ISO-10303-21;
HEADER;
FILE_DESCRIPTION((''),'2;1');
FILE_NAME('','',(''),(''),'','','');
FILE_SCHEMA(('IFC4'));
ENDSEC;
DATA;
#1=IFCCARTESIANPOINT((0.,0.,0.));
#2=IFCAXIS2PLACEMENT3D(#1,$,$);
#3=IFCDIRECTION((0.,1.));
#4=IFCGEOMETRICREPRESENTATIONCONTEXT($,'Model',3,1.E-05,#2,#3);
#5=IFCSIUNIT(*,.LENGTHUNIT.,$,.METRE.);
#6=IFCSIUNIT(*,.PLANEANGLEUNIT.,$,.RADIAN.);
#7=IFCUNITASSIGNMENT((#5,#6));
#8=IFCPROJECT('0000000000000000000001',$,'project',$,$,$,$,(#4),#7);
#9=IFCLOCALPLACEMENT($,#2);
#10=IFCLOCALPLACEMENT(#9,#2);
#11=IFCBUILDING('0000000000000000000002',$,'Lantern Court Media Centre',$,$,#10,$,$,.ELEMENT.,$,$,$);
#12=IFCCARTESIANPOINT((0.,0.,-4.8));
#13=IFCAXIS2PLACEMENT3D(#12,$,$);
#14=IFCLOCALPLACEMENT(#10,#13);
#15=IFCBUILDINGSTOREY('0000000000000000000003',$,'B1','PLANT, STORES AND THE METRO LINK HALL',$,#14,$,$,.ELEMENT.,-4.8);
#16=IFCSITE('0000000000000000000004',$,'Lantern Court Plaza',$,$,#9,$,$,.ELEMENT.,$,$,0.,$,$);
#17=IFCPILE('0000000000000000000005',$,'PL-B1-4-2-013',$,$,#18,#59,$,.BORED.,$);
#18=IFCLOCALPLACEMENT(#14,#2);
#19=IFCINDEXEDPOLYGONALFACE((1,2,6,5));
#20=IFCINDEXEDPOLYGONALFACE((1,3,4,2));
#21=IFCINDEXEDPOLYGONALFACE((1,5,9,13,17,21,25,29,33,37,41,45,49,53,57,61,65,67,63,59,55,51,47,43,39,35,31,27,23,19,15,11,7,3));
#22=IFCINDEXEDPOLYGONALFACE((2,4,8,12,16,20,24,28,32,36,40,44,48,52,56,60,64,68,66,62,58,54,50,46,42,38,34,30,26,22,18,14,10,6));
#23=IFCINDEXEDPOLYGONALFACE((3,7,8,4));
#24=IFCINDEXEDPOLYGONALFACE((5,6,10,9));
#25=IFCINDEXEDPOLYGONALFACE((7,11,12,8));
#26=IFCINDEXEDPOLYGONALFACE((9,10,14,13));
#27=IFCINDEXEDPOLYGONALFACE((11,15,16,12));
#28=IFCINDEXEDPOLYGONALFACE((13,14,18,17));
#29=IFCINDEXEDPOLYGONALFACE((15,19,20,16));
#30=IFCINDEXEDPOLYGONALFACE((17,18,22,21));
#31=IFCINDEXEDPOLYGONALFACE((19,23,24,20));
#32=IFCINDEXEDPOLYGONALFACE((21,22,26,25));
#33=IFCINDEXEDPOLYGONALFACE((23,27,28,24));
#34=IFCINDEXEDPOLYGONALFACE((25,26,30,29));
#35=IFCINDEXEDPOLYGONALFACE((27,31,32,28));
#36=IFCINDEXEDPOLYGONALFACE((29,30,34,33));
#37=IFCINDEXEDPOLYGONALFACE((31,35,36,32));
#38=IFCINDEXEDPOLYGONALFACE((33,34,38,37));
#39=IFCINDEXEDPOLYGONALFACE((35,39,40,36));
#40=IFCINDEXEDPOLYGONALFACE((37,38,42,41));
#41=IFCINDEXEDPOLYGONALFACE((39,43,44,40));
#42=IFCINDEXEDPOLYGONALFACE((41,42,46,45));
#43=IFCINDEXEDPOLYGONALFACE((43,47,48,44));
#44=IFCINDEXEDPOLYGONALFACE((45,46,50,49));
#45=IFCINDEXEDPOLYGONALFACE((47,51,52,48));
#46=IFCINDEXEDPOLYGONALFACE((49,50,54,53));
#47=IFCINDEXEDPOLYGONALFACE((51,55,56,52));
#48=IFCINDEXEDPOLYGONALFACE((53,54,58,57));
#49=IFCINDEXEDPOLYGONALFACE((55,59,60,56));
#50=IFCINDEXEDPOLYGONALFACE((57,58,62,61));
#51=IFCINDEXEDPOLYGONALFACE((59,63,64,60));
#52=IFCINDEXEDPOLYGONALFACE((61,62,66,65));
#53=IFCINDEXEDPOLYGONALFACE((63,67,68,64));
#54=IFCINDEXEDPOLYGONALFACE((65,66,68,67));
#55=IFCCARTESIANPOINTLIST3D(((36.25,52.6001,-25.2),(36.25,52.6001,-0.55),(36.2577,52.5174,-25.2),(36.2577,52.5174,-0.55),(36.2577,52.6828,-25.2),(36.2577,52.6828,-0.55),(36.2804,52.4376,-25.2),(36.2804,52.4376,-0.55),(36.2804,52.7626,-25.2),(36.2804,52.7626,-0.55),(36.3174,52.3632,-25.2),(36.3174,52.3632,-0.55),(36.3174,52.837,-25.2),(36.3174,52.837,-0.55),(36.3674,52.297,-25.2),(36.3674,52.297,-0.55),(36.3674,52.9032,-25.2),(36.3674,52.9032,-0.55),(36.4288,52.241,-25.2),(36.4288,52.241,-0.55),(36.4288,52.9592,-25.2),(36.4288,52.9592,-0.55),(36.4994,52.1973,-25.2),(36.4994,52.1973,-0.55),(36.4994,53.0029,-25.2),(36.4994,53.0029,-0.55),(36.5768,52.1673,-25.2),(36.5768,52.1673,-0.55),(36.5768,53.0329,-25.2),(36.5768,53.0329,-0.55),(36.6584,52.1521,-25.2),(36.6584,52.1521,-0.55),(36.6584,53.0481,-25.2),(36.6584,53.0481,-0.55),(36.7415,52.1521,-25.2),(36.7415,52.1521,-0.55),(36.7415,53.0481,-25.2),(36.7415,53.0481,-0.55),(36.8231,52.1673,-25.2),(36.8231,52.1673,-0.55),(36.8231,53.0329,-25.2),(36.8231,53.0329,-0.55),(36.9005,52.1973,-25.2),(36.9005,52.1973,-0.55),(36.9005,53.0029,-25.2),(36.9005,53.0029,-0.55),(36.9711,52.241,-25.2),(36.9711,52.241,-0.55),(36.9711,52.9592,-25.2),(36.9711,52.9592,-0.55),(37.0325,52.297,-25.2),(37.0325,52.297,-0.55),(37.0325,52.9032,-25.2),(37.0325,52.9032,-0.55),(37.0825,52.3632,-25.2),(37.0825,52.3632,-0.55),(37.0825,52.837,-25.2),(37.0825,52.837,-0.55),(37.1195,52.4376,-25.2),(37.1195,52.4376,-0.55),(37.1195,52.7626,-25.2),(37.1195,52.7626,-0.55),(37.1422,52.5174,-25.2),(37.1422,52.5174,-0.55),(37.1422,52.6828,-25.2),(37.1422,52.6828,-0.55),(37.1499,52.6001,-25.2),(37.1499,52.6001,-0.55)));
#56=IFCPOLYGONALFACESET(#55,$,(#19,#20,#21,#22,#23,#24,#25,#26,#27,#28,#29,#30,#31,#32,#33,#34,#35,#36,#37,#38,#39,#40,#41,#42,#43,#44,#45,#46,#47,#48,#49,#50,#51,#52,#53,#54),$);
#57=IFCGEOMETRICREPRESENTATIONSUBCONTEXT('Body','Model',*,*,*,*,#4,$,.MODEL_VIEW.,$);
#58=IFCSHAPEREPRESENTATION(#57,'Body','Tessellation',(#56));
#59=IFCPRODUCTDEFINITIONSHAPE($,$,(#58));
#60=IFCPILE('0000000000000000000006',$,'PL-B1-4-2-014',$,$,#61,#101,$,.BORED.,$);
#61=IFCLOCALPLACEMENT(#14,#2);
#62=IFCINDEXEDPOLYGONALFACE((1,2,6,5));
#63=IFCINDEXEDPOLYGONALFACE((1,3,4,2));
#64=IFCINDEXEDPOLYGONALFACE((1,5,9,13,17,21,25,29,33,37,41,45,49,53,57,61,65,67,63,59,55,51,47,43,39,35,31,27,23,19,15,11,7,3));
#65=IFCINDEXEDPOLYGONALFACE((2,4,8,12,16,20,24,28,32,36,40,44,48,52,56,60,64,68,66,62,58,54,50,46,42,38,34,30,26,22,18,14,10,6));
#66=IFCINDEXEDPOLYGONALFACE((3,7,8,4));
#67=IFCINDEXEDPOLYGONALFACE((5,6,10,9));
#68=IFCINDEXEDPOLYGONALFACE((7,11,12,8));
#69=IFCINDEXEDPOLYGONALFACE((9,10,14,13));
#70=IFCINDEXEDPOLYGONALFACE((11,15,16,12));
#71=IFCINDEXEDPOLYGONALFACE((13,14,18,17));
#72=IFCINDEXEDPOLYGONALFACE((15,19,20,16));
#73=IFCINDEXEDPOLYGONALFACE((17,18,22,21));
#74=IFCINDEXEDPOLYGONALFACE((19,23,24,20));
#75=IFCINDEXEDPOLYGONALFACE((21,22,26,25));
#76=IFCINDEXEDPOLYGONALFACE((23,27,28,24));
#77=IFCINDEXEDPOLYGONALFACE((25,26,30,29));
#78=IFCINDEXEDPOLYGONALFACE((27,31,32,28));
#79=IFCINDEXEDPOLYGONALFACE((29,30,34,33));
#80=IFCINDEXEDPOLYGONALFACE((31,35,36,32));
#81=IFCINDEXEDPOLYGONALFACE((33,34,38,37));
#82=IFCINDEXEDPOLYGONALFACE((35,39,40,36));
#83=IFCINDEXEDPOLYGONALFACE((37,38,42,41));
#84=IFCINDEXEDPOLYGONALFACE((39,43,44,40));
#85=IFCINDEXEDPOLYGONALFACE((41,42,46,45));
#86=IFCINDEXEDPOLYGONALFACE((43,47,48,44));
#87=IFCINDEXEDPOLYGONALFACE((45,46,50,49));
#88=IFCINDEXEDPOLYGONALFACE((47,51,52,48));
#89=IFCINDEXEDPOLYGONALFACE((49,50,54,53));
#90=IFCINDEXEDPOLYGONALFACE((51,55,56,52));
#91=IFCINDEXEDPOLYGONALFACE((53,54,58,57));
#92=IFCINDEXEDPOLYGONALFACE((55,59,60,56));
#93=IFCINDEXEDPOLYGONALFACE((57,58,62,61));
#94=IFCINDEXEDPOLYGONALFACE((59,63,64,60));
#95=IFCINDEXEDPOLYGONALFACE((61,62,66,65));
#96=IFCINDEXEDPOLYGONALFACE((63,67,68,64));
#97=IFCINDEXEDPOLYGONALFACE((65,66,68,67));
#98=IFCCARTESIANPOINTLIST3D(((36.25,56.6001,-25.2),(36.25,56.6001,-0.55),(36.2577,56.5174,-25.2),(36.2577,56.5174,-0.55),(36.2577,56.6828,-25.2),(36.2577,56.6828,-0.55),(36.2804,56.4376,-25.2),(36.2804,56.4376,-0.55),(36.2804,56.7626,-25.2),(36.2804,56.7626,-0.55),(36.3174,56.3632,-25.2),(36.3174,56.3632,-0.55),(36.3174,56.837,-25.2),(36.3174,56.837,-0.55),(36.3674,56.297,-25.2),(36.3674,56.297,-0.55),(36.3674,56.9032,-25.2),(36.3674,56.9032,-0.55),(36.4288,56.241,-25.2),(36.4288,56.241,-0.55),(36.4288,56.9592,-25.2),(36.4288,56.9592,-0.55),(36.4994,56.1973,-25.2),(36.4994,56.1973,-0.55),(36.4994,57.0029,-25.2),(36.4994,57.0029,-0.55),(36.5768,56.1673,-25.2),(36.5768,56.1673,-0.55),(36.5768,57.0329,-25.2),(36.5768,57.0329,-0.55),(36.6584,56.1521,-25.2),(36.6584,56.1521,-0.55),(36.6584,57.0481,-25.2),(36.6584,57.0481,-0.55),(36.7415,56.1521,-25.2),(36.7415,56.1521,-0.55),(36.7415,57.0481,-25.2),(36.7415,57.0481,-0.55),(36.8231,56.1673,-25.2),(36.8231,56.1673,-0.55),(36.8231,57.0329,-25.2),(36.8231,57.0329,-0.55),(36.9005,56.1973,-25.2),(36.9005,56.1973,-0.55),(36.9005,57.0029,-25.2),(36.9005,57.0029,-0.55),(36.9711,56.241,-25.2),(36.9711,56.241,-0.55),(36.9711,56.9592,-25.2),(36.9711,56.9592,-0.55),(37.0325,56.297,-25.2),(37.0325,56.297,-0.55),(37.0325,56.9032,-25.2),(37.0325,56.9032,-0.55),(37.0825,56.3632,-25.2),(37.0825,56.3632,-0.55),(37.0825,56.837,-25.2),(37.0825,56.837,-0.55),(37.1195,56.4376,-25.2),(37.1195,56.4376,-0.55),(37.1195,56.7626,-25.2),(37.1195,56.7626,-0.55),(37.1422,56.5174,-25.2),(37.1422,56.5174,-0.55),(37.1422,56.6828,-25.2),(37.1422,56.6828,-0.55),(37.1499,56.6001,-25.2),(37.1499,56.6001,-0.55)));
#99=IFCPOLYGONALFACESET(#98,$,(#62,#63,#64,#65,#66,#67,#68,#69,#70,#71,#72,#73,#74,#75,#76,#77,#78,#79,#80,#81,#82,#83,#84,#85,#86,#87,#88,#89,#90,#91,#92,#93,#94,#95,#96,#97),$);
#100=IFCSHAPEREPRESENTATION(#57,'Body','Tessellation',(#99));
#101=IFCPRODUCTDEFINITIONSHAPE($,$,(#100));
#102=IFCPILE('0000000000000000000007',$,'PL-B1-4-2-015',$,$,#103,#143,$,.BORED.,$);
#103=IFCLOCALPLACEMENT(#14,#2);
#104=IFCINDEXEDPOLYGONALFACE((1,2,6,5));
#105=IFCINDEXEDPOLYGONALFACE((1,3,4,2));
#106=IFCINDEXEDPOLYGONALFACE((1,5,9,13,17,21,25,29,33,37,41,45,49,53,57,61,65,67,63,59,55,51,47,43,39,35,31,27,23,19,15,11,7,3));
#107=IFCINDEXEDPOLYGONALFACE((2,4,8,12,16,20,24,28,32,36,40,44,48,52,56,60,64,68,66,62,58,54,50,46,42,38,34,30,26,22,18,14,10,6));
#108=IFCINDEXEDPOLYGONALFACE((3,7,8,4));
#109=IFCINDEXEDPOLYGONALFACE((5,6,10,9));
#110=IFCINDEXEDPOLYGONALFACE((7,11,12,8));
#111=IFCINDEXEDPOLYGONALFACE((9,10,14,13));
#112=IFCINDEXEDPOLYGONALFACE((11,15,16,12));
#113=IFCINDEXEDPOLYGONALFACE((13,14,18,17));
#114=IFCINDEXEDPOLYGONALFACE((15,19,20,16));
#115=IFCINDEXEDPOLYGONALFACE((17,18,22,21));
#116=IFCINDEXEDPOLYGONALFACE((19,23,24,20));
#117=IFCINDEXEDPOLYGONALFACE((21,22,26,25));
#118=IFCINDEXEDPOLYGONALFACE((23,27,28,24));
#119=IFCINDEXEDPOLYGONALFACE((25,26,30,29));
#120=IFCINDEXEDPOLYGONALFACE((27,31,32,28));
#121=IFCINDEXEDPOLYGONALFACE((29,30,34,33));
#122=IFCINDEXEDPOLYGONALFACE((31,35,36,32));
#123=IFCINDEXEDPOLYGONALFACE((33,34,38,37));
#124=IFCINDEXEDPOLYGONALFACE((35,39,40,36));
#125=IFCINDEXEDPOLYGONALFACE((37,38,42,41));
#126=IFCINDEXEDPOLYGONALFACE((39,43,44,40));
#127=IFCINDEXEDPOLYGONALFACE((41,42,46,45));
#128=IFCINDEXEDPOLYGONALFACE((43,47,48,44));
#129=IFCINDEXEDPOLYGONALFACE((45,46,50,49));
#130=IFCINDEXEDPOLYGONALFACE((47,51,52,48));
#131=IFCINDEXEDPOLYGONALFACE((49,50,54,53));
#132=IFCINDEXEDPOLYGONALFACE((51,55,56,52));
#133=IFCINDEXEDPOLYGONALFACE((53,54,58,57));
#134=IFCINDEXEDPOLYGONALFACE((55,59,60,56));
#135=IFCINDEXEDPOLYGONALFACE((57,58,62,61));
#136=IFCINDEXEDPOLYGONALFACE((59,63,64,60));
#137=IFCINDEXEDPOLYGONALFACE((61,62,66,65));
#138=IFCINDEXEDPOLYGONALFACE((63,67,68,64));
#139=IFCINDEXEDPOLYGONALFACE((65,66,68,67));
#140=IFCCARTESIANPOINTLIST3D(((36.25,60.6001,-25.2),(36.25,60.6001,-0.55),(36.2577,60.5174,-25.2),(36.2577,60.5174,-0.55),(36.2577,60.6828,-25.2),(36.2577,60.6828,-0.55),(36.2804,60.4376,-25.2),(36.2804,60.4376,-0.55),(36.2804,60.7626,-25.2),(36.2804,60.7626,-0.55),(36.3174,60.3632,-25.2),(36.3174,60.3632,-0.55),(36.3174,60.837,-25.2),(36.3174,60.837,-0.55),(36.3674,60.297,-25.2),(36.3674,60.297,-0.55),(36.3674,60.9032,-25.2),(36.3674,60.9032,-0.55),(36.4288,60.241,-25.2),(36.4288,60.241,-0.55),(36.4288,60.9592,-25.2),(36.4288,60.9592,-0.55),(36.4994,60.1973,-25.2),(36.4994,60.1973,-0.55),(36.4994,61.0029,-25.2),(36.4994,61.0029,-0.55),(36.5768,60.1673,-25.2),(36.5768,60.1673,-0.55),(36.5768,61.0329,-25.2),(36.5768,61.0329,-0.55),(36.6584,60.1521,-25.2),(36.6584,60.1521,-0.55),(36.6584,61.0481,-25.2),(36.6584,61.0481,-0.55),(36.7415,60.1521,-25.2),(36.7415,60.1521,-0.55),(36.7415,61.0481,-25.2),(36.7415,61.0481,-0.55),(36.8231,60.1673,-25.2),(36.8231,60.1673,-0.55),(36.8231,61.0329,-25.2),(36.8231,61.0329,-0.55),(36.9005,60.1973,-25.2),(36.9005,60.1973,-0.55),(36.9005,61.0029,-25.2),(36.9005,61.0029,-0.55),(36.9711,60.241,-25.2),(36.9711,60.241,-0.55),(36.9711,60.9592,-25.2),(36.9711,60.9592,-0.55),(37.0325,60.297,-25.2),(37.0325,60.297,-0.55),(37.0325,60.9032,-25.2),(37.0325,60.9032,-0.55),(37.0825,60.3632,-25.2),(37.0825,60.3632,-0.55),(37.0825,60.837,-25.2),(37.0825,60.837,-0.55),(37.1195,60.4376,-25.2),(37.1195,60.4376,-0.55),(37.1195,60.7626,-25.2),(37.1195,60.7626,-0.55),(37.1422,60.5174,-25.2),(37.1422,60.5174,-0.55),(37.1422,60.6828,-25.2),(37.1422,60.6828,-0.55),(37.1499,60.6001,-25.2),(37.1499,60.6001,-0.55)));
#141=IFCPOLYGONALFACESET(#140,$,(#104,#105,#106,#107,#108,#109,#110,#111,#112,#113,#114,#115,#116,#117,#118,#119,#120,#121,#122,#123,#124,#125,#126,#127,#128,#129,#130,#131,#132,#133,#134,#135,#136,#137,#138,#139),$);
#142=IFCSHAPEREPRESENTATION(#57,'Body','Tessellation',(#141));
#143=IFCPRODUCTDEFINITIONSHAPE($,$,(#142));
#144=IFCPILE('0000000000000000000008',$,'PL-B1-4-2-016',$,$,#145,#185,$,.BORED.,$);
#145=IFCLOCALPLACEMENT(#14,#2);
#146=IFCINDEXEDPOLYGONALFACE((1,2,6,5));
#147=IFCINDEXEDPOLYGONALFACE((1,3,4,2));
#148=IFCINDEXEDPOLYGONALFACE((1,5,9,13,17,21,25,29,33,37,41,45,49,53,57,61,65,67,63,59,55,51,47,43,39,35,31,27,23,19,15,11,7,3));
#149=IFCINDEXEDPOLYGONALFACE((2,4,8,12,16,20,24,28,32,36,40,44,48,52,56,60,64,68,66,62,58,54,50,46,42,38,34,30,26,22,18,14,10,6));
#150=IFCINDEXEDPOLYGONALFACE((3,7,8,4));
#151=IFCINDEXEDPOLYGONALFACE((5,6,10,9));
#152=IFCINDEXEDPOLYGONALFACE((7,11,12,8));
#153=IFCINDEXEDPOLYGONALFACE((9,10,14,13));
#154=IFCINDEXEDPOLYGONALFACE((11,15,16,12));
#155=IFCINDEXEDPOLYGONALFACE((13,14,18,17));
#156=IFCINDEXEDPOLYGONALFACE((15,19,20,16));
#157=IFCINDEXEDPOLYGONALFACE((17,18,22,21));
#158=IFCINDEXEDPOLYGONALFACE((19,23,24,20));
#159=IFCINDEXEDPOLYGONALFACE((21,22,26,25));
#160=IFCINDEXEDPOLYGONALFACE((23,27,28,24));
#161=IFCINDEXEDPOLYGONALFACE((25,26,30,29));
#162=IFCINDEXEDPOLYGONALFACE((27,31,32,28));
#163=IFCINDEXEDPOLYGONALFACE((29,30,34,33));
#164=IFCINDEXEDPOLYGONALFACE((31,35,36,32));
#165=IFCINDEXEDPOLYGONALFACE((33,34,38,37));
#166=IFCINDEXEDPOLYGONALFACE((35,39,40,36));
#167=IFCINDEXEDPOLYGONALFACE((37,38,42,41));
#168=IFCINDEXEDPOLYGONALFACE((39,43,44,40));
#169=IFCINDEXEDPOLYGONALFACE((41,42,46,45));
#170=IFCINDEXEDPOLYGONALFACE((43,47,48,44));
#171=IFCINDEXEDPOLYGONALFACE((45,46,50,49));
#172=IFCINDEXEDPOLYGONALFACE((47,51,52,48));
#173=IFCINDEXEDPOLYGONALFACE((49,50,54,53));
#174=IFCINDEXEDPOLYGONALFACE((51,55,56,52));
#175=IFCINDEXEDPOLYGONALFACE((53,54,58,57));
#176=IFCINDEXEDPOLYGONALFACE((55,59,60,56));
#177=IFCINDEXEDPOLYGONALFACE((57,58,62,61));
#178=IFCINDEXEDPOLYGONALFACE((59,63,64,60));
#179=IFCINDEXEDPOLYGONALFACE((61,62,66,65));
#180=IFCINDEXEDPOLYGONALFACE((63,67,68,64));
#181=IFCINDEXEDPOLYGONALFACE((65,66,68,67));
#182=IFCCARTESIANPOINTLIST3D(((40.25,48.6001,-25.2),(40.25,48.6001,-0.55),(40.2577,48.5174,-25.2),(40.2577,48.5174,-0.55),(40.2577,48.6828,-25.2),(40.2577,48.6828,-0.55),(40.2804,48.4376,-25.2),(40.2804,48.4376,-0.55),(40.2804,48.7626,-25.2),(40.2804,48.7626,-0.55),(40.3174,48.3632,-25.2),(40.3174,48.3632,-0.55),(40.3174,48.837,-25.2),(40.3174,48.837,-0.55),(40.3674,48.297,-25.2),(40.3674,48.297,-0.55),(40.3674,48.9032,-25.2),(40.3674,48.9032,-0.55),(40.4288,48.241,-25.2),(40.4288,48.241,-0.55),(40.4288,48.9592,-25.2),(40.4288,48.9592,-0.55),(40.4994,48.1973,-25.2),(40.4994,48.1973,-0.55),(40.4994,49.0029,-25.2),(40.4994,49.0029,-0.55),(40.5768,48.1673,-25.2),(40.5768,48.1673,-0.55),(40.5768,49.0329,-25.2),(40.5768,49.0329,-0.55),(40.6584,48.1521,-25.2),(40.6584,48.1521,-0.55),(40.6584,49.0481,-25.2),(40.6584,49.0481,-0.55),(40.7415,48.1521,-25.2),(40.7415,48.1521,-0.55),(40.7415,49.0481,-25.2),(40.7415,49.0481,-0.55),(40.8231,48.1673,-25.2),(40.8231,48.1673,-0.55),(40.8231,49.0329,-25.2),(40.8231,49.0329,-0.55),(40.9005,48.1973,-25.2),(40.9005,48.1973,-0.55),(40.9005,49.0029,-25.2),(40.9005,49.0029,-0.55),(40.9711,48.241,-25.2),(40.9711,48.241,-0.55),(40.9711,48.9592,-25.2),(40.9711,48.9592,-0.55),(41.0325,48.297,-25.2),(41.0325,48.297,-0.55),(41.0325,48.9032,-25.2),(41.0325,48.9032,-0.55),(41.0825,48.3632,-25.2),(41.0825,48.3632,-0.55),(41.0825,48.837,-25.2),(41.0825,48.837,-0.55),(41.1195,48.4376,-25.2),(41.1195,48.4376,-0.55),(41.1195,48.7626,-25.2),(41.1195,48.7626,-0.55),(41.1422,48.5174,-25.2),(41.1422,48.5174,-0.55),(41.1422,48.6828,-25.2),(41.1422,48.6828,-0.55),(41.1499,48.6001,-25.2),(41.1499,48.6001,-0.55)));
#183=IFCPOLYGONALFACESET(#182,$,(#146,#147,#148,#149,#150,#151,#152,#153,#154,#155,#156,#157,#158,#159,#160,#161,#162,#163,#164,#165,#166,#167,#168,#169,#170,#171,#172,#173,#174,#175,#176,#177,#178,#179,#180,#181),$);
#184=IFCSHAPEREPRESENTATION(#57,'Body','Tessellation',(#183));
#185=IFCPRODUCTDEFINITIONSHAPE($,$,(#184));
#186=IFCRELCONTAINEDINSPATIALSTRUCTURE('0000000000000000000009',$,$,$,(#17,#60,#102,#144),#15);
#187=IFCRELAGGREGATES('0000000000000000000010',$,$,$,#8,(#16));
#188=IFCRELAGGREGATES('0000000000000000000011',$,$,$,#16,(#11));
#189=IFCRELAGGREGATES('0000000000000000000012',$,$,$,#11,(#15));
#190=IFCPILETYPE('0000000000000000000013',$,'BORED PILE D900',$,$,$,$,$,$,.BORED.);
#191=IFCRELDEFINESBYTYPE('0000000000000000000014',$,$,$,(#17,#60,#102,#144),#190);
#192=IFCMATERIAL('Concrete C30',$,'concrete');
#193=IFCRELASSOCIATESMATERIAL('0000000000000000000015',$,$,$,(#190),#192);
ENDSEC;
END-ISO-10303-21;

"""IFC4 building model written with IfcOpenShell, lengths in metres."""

from ifc_helpers import new_model, si_unit, direction, frame, origin, origin_2d, place, context, subcontext, project, spatial, circle, extrude, material, material_profile, profile_set, type_object, element, save


model = new_model("IFC4")

# Units and contexts
model_context = context("Model", 3, precision=1e-05, world=origin(), true_north=direction((0.0, 1.0)))
body_context = subcontext(model_context, "Body", "Model", "MODEL_VIEW")
ifc_project = project(units=[si_unit("LENGTHUNIT", "METRE"), si_unit("PLANEANGLEUNIT", "RADIAN")], contexts=[model_context])

# Site, building, storey
site_placement = place(None, origin())
site = spatial("IfcSite", under=ifc_project, at=site_placement, Name="Lantern Court Plaza", CompositionType="ELEMENT", RefElevation=0.0)
building_placement = place(site_placement, origin())
building = spatial("IfcBuilding", under=site, at=building_placement, Name="Lantern Court Media Centre", CompositionType="ELEMENT")
storey_placement = place(building_placement, frame((0.0, 0.0, -4.8)))
storey = spatial("IfcBuildingStorey", under=building, at=storey_placement, Name="B1", Description="PLANT, STORES AND THE METRO LINK HALL", CompositionType="ELEMENT", Elevation=-4.8)

# Piles
ifc_material_1 = material(Name="Concrete C30", Category="concrete")
ifc_material_profile_1 = material_profile(ifc_material_1, circle(Radius=0.45, at=origin_2d()), Name="D900")
ifc_profile_set_1 = profile_set([ifc_material_profile_1], Name="Concrete C30")
pile_type = type_object("IfcPileType", Name="BORED PILE D900", PredefinedType="BORED", material=ifc_profile_set_1)
for number, where, z_axis, x_axis, name in (
    (1, (36.7, 52.6001, -0.55), (0.0, 0.0, -1.0), (1.0, 0.0, 0.0), "PL-B1-4-2-013"),
    (2, (36.7, 56.6001, -0.55), (0.0, 0.0, -1.0), (1.0, 0.0, 0.0), "PL-B1-4-2-014"),
    (3, (36.7, 60.6001, -0.55), (0.0, 0.0, -1.0), (1.0, 0.0, 0.0), "PL-B1-4-2-015"),
    (4, (40.7, 48.6001, -0.55), (0.0, 0.0, -1.0), (1.0, 0.0, 0.0), "PL-B1-4-2-016"),
):
    element("IfcPile", number, at=place(storey_placement, frame(where, z_axis=z_axis, x_axis=x_axis)), inside=storey, type_object=pile_type, Name=name, PredefinedType="BORED", context=body_context, shape_type="SweptSolid", body=[
        extrude(circle(Radius=0.45, at=origin_2d()), origin(), (0.0, 0.0, 1.0), 24.6499),
    ])

save(model, "model.ifc")
